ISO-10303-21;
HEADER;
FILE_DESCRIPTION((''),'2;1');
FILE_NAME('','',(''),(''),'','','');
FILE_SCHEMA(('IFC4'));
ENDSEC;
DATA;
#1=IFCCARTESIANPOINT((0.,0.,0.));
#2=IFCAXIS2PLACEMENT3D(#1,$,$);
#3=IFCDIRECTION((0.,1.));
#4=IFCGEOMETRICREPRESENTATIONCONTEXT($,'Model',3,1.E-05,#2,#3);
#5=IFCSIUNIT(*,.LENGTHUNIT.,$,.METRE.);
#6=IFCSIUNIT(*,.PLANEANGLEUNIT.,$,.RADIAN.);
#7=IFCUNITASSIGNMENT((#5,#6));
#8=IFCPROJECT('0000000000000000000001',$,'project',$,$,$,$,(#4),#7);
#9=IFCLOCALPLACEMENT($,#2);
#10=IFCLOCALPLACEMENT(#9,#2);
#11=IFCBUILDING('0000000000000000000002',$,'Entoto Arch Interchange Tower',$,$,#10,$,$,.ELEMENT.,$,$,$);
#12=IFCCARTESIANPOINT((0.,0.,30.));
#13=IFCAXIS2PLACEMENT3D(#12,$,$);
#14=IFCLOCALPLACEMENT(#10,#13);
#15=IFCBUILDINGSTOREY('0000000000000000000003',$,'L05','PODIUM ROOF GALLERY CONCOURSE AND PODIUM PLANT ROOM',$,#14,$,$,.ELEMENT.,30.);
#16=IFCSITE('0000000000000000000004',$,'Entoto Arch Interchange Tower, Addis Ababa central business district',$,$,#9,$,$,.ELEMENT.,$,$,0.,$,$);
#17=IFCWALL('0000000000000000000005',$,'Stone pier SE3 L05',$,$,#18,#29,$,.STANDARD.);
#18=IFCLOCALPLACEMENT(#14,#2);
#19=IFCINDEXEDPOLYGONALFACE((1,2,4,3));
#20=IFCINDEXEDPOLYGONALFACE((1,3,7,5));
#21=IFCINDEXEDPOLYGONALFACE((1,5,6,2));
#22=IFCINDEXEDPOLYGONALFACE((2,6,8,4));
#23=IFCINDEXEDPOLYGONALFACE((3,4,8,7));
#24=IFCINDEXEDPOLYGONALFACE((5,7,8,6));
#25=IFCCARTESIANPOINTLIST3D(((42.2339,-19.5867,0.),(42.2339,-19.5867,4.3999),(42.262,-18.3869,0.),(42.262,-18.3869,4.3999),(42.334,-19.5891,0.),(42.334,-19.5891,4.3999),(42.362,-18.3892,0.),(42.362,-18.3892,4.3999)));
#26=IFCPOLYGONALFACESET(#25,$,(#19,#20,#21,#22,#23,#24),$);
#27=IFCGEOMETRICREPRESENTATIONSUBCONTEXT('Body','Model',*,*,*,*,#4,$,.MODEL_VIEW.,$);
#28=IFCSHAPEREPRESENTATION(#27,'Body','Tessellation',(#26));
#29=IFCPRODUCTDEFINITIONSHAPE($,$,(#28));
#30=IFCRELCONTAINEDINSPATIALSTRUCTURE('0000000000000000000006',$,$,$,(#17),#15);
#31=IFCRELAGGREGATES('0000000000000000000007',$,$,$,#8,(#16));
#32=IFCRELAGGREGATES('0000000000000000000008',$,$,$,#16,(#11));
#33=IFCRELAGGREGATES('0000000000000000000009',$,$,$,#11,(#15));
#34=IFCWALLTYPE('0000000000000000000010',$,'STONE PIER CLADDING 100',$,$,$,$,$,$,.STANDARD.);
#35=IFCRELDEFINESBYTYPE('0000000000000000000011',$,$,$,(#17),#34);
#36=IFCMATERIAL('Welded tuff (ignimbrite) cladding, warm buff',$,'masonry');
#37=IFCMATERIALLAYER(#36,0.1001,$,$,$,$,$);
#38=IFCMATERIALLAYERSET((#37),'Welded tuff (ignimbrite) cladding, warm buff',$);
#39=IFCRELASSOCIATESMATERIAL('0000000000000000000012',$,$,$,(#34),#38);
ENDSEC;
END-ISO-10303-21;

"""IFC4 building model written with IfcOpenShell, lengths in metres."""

from ifc_helpers import new_model, si_unit, direction, frame, frame_2d, origin, place, context, subcontext, project, spatial, rectangle, extrude, material, layer, layer_set, type_object, element, save


model = new_model("IFC4")

# Units and contexts
model_context = context("Model", 3, precision=1e-05, world=origin(), true_north=direction((0.0, 1.0)))
body_context = subcontext(model_context, "Body", "Model", "MODEL_VIEW")
ifc_project = project(units=[si_unit("LENGTHUNIT", "METRE"), si_unit("PLANEANGLEUNIT", "RADIAN")], contexts=[model_context])

# Site, building, storey
site_placement = place(None, origin())
site = spatial("IfcSite", under=ifc_project, at=site_placement, Name="Entoto Arch Interchange Tower, Addis Ababa central business district", CompositionType="ELEMENT", RefElevation=0.0)
building_placement = place(site_placement, origin())
building = spatial("IfcBuilding", under=site, at=building_placement, Name="Entoto Arch Interchange Tower", CompositionType="ELEMENT")
storey_placement = place(building_placement, frame((0.0, 0.0, 30.0)))
storey = spatial("IfcBuildingStorey", under=building, at=storey_placement, Name="L05", Description="PODIUM ROOF GALLERY CONCOURSE AND PODIUM PLANT ROOM", CompositionType="ELEMENT", Elevation=30.0)

# Shared definitions
ifc_material_1 = material(Name="Welded tuff (ignimbrite) cladding, warm buff", Category="masonry")

# Wall
ifc_layer_1 = layer(ifc_material_1, 0.1001)
ifc_layer_set_1 = layer_set([ifc_layer_1], Name="Welded tuff (ignimbrite) cladding, warm buff")
wall_type_1 = type_object("IfcWallType", Name="STONE PIER CLADDING 100", PredefinedType="STANDARD", material=ifc_layer_set_1)
for number, where, z_axis, x_axis, name in (
    (1, (42.2839, -19.5879, 0.0), (0.0, 0.0, 1.0), (0.023391, 0.999726, 0.0), "Stone pier SE3 L05"),
):
    element("IfcWall", number, at=place(storey_placement, frame(where, z_axis=z_axis, x_axis=x_axis)), inside=storey, type_object=wall_type_1, Name=name, PredefinedType="STANDARD", context=body_context, shape_type="SweptSolid", body=[
        extrude(rectangle(XDim=1.2002, YDim=0.1001, at=frame_2d((0.6001, 0.0))), origin(), (0.0, 0.0, 1.0), 4.3999),
    ])

save(model, "model.ifc")
